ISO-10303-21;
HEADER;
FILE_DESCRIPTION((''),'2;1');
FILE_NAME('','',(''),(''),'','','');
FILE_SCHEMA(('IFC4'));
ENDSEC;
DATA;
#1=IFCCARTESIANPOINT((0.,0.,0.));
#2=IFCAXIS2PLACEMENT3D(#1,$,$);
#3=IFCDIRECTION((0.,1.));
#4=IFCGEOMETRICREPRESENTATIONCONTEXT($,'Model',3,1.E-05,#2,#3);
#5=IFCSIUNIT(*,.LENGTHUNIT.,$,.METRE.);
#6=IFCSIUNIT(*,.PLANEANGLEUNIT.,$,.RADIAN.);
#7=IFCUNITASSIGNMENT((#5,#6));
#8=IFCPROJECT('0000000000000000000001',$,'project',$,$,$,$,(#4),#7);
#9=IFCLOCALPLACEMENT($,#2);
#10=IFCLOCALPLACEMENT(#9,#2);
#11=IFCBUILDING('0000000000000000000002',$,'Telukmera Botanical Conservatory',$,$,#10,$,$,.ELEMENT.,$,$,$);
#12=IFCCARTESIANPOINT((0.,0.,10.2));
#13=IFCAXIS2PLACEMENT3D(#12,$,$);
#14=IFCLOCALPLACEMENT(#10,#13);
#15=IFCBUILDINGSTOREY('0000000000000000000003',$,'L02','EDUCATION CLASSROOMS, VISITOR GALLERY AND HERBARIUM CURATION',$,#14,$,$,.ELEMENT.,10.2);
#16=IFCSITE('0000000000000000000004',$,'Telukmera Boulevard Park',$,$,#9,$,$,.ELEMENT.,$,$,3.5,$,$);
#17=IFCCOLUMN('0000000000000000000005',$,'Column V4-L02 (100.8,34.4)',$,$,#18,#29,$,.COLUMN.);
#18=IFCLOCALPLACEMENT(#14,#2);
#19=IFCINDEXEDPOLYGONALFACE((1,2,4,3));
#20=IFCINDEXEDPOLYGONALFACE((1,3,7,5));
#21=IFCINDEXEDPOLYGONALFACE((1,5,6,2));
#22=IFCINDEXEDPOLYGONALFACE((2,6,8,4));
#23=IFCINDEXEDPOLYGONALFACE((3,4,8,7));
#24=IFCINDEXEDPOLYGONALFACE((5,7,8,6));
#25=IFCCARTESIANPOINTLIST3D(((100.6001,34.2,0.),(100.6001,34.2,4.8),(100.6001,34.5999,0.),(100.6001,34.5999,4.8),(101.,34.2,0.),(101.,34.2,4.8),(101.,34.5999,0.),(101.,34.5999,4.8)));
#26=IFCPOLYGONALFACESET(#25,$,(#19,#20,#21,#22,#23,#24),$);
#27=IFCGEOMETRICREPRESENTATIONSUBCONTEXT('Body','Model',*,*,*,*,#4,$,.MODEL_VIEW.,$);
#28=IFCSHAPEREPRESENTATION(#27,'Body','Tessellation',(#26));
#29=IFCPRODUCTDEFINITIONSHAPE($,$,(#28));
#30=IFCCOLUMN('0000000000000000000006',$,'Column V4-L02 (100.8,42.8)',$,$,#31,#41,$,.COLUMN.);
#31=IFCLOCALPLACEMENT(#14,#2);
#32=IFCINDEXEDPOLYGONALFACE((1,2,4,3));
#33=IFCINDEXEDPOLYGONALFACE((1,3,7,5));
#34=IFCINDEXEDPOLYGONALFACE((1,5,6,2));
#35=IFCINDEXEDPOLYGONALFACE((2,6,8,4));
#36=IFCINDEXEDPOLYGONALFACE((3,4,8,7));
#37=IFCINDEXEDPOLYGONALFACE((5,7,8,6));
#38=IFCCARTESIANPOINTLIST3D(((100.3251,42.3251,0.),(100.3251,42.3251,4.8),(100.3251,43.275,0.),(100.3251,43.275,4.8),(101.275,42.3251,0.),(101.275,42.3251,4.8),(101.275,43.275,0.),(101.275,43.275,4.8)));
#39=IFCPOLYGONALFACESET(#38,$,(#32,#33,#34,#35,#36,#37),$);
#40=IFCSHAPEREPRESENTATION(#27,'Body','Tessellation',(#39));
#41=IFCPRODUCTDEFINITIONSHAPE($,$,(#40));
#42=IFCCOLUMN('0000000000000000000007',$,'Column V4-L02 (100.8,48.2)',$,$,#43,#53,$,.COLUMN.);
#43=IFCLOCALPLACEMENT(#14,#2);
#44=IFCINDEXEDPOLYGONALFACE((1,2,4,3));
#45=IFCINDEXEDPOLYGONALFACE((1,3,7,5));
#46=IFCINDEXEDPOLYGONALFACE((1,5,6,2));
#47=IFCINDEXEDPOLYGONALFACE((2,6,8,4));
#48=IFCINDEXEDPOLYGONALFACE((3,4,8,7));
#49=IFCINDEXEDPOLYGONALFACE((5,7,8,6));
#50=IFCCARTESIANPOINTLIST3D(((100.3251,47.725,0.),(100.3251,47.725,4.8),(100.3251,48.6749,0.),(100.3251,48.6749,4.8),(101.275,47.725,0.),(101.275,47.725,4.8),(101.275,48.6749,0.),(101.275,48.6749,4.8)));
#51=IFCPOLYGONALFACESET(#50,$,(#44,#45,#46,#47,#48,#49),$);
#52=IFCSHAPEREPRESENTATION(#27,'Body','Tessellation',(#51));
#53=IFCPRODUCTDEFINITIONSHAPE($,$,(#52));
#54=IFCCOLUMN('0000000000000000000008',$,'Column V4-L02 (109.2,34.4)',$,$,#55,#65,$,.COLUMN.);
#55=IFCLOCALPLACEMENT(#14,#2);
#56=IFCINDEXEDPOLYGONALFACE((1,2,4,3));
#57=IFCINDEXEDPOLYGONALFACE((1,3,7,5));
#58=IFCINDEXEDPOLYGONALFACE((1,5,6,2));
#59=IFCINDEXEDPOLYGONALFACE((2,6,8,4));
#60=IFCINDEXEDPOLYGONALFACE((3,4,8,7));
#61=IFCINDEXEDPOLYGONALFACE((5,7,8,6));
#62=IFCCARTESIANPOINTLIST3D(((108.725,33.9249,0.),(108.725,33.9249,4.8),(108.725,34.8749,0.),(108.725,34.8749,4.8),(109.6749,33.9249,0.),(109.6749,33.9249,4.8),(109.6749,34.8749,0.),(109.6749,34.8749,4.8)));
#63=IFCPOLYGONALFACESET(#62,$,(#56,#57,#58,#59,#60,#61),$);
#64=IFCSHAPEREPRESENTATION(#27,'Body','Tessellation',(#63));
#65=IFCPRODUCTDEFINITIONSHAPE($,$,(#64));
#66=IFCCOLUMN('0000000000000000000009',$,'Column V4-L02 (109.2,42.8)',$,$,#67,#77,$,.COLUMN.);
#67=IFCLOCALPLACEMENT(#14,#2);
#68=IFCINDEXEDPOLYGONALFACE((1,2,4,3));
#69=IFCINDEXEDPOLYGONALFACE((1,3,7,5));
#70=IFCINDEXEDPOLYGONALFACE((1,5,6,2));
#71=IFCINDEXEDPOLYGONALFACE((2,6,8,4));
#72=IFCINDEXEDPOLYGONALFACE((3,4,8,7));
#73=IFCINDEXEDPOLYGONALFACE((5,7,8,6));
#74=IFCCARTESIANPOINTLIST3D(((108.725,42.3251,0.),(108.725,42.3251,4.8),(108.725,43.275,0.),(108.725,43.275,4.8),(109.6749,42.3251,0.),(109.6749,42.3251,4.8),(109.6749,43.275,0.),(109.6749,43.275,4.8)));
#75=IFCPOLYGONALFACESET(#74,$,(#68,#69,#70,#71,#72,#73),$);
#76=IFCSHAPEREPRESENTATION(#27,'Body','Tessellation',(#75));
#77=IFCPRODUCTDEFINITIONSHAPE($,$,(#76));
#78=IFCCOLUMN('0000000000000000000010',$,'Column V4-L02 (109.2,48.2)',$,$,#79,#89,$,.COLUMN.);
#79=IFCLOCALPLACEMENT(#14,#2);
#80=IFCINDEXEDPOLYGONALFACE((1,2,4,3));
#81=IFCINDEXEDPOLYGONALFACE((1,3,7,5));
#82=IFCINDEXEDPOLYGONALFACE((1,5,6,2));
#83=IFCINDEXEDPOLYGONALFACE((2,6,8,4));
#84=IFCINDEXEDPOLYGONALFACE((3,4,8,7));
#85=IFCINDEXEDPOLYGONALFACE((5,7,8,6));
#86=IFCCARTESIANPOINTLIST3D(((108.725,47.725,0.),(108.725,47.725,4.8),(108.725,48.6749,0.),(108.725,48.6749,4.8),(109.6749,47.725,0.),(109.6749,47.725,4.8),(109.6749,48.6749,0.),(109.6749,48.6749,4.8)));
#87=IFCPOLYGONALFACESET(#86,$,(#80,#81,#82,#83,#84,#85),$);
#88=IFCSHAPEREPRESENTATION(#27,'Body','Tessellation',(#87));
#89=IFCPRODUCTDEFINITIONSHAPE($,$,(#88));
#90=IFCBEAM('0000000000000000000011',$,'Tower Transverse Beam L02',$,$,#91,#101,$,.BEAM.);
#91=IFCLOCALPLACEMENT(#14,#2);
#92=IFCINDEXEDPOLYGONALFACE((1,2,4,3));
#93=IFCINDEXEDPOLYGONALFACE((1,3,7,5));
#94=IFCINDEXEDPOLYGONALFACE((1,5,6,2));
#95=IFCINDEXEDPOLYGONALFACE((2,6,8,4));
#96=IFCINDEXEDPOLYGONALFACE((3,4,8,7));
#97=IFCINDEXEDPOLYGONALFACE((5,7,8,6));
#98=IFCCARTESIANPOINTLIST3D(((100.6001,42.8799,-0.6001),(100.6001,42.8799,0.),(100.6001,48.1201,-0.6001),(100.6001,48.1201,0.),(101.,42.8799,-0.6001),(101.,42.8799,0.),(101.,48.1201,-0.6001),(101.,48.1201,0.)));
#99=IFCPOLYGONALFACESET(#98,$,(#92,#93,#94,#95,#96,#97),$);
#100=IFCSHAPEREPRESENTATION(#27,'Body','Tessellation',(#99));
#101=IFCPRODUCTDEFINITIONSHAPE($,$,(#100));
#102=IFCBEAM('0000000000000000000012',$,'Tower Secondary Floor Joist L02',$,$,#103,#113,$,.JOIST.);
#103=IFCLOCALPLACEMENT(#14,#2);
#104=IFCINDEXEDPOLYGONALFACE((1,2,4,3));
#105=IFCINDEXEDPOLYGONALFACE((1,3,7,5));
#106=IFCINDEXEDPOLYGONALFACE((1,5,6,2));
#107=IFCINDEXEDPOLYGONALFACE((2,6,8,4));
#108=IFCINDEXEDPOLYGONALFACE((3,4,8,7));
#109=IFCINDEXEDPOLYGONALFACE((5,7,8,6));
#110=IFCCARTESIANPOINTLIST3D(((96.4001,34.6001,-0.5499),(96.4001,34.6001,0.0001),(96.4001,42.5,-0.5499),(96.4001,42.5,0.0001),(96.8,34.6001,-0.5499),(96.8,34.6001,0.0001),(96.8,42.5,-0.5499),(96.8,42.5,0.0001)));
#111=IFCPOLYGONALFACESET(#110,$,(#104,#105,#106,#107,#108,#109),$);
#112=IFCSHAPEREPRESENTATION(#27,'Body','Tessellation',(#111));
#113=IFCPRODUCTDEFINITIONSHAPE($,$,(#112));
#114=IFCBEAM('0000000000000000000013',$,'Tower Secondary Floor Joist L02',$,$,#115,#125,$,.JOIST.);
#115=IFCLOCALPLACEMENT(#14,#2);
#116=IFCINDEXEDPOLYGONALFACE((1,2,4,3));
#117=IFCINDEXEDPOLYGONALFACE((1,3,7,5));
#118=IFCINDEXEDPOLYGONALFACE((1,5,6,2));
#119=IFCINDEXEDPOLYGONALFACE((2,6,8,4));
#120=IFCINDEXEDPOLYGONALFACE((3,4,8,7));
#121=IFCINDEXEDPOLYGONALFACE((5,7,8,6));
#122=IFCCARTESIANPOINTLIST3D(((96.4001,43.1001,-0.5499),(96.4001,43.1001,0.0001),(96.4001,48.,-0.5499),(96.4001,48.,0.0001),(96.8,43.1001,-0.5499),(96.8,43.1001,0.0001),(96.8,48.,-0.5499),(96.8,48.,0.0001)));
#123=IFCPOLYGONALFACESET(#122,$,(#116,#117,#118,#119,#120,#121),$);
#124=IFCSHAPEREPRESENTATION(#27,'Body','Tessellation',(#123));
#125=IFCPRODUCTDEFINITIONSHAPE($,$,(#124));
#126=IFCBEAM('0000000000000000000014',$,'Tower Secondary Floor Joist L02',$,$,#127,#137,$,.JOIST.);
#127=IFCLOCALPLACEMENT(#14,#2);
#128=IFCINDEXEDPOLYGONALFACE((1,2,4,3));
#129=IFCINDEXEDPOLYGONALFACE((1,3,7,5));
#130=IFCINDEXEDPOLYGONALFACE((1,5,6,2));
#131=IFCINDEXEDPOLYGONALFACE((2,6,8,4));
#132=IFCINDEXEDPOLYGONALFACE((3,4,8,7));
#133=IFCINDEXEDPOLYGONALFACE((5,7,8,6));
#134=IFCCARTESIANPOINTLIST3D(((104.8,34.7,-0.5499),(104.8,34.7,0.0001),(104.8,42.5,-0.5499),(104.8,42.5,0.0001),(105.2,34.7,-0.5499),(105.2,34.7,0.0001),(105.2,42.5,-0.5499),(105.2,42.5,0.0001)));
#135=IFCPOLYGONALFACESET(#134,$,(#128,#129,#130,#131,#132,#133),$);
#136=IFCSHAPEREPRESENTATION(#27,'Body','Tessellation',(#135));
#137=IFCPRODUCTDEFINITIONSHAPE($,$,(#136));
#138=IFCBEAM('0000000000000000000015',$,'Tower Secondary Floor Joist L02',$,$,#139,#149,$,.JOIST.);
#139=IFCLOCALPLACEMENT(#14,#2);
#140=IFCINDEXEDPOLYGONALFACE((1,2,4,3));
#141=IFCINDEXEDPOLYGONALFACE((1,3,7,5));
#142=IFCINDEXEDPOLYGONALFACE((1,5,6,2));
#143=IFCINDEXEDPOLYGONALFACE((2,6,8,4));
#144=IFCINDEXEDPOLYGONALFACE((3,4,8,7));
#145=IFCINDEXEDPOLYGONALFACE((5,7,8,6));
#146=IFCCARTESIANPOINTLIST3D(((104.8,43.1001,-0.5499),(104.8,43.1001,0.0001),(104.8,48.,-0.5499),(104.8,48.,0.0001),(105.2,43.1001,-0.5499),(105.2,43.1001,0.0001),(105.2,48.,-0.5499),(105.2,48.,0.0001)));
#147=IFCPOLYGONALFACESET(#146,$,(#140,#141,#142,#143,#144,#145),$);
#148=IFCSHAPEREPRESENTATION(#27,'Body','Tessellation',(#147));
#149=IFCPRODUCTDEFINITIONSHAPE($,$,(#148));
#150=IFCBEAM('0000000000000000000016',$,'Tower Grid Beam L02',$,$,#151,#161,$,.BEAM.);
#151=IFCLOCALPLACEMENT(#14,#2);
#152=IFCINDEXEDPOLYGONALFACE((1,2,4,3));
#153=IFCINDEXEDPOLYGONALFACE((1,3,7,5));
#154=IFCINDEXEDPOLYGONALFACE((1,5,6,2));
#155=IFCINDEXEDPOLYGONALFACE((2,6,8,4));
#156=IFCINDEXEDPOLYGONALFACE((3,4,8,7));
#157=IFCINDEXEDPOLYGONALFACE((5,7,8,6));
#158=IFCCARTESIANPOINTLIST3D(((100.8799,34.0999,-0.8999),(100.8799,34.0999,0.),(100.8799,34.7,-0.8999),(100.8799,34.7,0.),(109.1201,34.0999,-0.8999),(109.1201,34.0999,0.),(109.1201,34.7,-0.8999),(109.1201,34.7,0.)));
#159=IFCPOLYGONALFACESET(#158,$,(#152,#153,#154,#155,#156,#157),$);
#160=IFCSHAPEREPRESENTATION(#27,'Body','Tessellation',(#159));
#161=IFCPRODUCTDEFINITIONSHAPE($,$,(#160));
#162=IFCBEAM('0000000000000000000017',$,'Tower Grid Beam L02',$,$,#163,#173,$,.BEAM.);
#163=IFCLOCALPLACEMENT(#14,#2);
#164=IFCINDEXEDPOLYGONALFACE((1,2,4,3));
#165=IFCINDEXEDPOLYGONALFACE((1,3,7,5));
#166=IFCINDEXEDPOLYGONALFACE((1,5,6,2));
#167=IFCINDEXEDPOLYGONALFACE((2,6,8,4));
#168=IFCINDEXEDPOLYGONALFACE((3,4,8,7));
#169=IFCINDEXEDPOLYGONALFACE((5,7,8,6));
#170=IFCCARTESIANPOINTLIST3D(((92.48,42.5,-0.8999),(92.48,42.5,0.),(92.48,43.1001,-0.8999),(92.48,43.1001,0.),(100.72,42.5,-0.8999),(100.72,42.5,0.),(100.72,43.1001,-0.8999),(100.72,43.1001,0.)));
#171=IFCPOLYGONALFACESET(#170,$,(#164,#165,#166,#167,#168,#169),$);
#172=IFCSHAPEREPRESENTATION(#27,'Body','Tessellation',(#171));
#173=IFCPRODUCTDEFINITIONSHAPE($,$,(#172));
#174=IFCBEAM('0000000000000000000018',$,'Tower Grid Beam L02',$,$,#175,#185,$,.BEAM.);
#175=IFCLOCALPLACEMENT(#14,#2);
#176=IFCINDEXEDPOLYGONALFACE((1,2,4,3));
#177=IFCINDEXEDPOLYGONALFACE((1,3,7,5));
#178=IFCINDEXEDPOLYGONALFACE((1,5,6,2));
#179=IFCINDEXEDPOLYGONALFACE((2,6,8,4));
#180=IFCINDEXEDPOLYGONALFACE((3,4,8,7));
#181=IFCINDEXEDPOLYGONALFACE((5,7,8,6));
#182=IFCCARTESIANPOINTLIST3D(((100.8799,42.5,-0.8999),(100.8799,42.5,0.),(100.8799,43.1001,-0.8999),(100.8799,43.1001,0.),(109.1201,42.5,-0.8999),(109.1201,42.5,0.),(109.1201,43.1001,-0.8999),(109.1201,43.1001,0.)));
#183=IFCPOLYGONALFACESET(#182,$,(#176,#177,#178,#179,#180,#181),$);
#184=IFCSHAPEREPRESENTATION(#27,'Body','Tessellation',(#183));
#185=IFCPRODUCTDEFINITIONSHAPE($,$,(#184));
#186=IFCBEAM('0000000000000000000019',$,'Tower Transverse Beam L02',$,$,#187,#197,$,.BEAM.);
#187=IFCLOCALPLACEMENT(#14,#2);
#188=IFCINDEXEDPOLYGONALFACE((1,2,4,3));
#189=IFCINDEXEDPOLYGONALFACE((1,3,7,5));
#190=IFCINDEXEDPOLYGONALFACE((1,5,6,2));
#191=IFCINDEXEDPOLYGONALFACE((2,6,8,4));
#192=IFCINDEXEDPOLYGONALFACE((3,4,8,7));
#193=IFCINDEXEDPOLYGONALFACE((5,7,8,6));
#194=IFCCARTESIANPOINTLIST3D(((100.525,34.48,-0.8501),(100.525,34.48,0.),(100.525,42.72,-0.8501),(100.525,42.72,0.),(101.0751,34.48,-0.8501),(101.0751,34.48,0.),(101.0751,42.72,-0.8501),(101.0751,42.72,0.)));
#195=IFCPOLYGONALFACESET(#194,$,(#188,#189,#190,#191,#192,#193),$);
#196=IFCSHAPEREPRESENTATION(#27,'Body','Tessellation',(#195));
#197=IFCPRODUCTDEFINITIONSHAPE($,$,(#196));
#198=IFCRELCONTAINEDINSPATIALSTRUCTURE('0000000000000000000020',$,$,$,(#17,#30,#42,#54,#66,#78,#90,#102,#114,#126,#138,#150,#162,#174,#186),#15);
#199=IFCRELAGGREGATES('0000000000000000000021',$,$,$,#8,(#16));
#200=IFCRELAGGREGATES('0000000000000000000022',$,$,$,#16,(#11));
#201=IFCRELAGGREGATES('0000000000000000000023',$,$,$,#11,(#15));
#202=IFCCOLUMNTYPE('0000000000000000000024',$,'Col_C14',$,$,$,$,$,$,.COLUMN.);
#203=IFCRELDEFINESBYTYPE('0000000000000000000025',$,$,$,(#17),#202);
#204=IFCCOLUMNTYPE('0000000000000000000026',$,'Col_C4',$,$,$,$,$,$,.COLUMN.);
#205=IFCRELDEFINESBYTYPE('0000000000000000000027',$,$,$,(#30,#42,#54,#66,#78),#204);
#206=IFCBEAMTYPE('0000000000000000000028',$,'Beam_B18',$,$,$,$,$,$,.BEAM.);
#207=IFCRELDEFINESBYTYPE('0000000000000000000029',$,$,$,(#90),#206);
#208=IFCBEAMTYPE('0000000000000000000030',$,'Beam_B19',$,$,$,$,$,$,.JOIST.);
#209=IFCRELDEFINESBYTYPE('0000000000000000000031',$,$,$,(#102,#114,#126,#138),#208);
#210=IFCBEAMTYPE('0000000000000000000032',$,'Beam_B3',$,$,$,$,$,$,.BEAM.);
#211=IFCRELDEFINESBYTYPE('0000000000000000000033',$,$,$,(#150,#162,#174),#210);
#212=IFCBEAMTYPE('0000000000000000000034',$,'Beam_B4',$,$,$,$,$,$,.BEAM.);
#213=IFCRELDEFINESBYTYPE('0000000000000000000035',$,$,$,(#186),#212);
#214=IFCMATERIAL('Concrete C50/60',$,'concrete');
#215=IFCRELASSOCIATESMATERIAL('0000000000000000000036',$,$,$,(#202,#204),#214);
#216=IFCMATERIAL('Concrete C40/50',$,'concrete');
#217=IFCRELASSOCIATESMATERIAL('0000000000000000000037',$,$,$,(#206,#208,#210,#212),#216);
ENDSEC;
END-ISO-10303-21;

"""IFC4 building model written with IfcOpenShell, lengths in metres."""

from ifc_helpers import new_model, si_unit, direction, frame, origin, origin_2d, place, context, subcontext, project, spatial, rectangle, extrude, material, material_profile, profile_set, type_object, element, save


model = new_model("IFC4")

# Units and contexts
model_context = context("Model", 3, precision=1e-05, world=origin(), true_north=direction((0.0, 1.0)))
body_context = subcontext(model_context, "Body", "Model", "MODEL_VIEW")
ifc_project = project(units=[si_unit("LENGTHUNIT", "METRE"), si_unit("PLANEANGLEUNIT", "RADIAN")], contexts=[model_context])

# Site, building, storey
site_placement = place(None, origin())
site = spatial("IfcSite", under=ifc_project, at=site_placement, Name="Telukmera Boulevard Park", CompositionType="ELEMENT", RefElevation=3.5)
building_placement = place(site_placement, origin())
building = spatial("IfcBuilding", under=site, at=building_placement, Name="Telukmera Botanical Conservatory", CompositionType="ELEMENT")
storey_placement = place(building_placement, frame((0.0, 0.0, 10.2)))
storey = spatial("IfcBuildingStorey", under=building, at=storey_placement, Name="L02", Description="EDUCATION CLASSROOMS, VISITOR GALLERY AND HERBARIUM CURATION", CompositionType="ELEMENT", Elevation=10.2)

# Columns
ifc_material_1 = material(Name="Concrete C50/60", Category="concrete")
ifc_material_profile_1 = material_profile(ifc_material_1, rectangle(XDim=0.3999, YDim=0.3999, at=origin_2d()), Name="RC 400x400")
ifc_profile_set_1 = profile_set([ifc_material_profile_1], Name="Concrete C50/60")
column_type_1 = type_object("IfcColumnType", Name="Col_C14", PredefinedType="COLUMN", material=ifc_profile_set_1)
column_placement = place(storey_placement, frame((100.8, 34.3999, 0.0), z_axis=(0.0, 0.0, 1.0), x_axis=(1.0, 0.0, 0.0)))
element("IfcColumn", 1, at=column_placement, inside=storey, type_object=column_type_1, Name="Column V4-L02 (100.8,34.4)", PredefinedType="COLUMN", context=body_context, shape_type="SweptSolid", body=[
    extrude(rectangle(XDim=0.3999, YDim=0.3999, at=origin_2d()), origin(), (0.0, 0.0, 1.0), 4.8),
])
ifc_material_profile_2 = material_profile(ifc_material_1, rectangle(XDim=0.95, YDim=0.95, at=origin_2d()), Name="RC 950x950")
ifc_profile_set_2 = profile_set([ifc_material_profile_2], Name="Concrete C50/60")
column_type_2 = type_object("IfcColumnType", Name="Col_C4", PredefinedType="COLUMN", material=ifc_profile_set_2)
for number, where, z_axis, x_axis, name in (
    (2, (100.8, 42.8, 0.0), (0.0, 0.0, 1.0), (1.0, 0.0, 0.0), "Column V4-L02 (100.8,42.8)"),
    (3, (100.8, 48.2, 0.0), (0.0, 0.0, 1.0), (1.0, 0.0, 0.0), "Column V4-L02 (100.8,48.2)"),
    (4, (109.2, 34.3999, 0.0), (0.0, 0.0, 1.0), (1.0, 0.0, 0.0), "Column V4-L02 (109.2,34.4)"),
    (5, (109.2, 42.8, 0.0), (0.0, 0.0, 1.0), (1.0, 0.0, 0.0), "Column V4-L02 (109.2,42.8)"),
    (6, (109.2, 48.2, 0.0), (0.0, 0.0, 1.0), (1.0, 0.0, 0.0), "Column V4-L02 (109.2,48.2)"),
):
    element("IfcColumn", number, at=place(storey_placement, frame(where, z_axis=z_axis, x_axis=x_axis)), inside=storey, type_object=column_type_2, Name=name, PredefinedType="COLUMN", context=body_context, shape_type="SweptSolid", body=[
        extrude(rectangle(XDim=0.95, YDim=0.95, at=origin_2d()), origin(), (0.0, 0.0, 1.0), 4.8),
    ])

# Beams
ifc_material_2 = material(Name="Concrete C40/50", Category="concrete")
ifc_material_profile_3 = material_profile(ifc_material_2, rectangle(XDim=0.3999, YDim=0.6001, at=origin_2d()), Name="RC 400x600")
ifc_profile_set_3 = profile_set([ifc_material_profile_3], Name="Concrete C40/50")
beam_type_1 = type_object("IfcBeamType", Name="Beam_B18", PredefinedType="BEAM", material=ifc_profile_set_3)
beam_1_placement = place(storey_placement, frame((100.8, 42.8799, -0.3), z_axis=(0.0, 1.0, 0.0), x_axis=(-1.0, 0.0, 0.0)))
element("IfcBeam", 7, at=beam_1_placement, inside=storey, type_object=beam_type_1, Name="Tower Transverse Beam L02", PredefinedType="BEAM", context=body_context, shape_type="SweptSolid", body=[
    extrude(rectangle(XDim=0.3999, YDim=0.6001, at=origin_2d()), origin(), (0.0, 0.0, 1.0), 5.2402),
])
ifc_material_profile_4 = material_profile(ifc_material_2, rectangle(XDim=0.3999, YDim=0.55, at=origin_2d()), Name="RC 400x550")
ifc_profile_set_4 = profile_set([ifc_material_profile_4], Name="Concrete C40/50")
beam_type_2 = type_object("IfcBeamType", Name="Beam_B19", PredefinedType="JOIST", material=ifc_profile_set_4)
beam_2_placement = place(storey_placement, frame((96.6001, 34.6001, -0.2749), z_axis=(0.0, 1.0, 0.0), x_axis=(-1.0, 0.0, 0.0)))
element("IfcBeam", 8, at=beam_2_placement, inside=storey, type_object=beam_type_2, Name="Tower Secondary Floor Joist L02", PredefinedType="JOIST", context=body_context, shape_type="SweptSolid", body=[
    extrude(rectangle(XDim=0.3999, YDim=0.55, at=origin_2d()), origin(), (0.0, 0.0, 1.0), 7.8999),
])
beam_3_placement = place(storey_placement, frame((96.6001, 43.1001, -0.2749), z_axis=(0.0, 1.0, 0.0), x_axis=(-1.0, 0.0, 0.0)))
element("IfcBeam", 9, at=beam_3_placement, inside=storey, type_object=beam_type_2, Name="Tower Secondary Floor Joist L02", PredefinedType="JOIST", context=body_context, shape_type="SweptSolid", body=[
    extrude(rectangle(XDim=0.3999, YDim=0.55, at=origin_2d()), origin(), (0.0, 0.0, 1.0), 4.8999),
])
beam_4_placement = place(storey_placement, frame((105.0, 34.7, -0.2749), z_axis=(0.0, 1.0, 0.0), x_axis=(-1.0, 0.0, 0.0)))
element("IfcBeam", 10, at=beam_4_placement, inside=storey, type_object=beam_type_2, Name="Tower Secondary Floor Joist L02", PredefinedType="JOIST", context=body_context, shape_type="SweptSolid", body=[
    extrude(rectangle(XDim=0.3999, YDim=0.55, at=origin_2d()), origin(), (0.0, 0.0, 1.0), 7.8),
])
beam_5_placement = place(storey_placement, frame((105.0, 43.1001, -0.2749), z_axis=(0.0, 1.0, 0.0), x_axis=(-1.0, 0.0, 0.0)))
element("IfcBeam", 11, at=beam_5_placement, inside=storey, type_object=beam_type_2, Name="Tower Secondary Floor Joist L02", PredefinedType="JOIST", context=body_context, shape_type="SweptSolid", body=[
    extrude(rectangle(XDim=0.3999, YDim=0.55, at=origin_2d()), origin(), (0.0, 0.0, 1.0), 4.8999),
])
ifc_material_profile_5 = material_profile(ifc_material_2, rectangle(XDim=0.6001, YDim=0.8999, at=origin_2d()), Name="RC 600x900")
ifc_profile_set_5 = profile_set([ifc_material_profile_5], Name="Concrete C40/50")
beam_type_3 = type_object("IfcBeamType", Name="Beam_B3", PredefinedType="BEAM", material=ifc_profile_set_5)
beam_6_placement = place(storey_placement, frame((100.8799, 34.3999, -0.45), z_axis=(1.0, 0.0, 0.0), x_axis=(0.0, 1.0, 0.0)))
element("IfcBeam", 12, at=beam_6_placement, inside=storey, type_object=beam_type_3, Name="Tower Grid Beam L02", PredefinedType="BEAM", context=body_context, shape_type="SweptSolid", body=[
    extrude(rectangle(XDim=0.6001, YDim=0.8999, at=origin_2d()), origin(), (0.0, 0.0, 1.0), 8.2402),
])
beam_7_placement = place(storey_placement, frame((92.48, 42.8, -0.45), z_axis=(1.0, 0.0, 0.0), x_axis=(0.0, 1.0, 0.0)))
element("IfcBeam", 13, at=beam_7_placement, inside=storey, type_object=beam_type_3, Name="Tower Grid Beam L02", PredefinedType="BEAM", context=body_context, shape_type="SweptSolid", body=[
    extrude(rectangle(XDim=0.6001, YDim=0.8999, at=origin_2d()), origin(), (0.0, 0.0, 1.0), 8.24),
])
beam_8_placement = place(storey_placement, frame((100.8799, 42.8, -0.45), z_axis=(1.0, 0.0, 0.0), x_axis=(0.0, 1.0, 0.0)))
element("IfcBeam", 14, at=beam_8_placement, inside=storey, type_object=beam_type_3, Name="Tower Grid Beam L02", PredefinedType="BEAM", context=body_context, shape_type="SweptSolid", body=[
    extrude(rectangle(XDim=0.6001, YDim=0.8999, at=origin_2d()), origin(), (0.0, 0.0, 1.0), 8.2402),
])
ifc_material_profile_6 = material_profile(ifc_material_2, rectangle(XDim=0.55, YDim=0.8501, at=origin_2d()), Name="RC 550x850")
ifc_profile_set_6 = profile_set([ifc_material_profile_6], Name="Concrete C40/50")
beam_type_4 = type_object("IfcBeamType", Name="Beam_B4", PredefinedType="BEAM", material=ifc_profile_set_6)
beam_9_placement = place(storey_placement, frame((100.8, 34.48, -0.425), z_axis=(0.0, 1.0, 0.0), x_axis=(-1.0, 0.0, 0.0)))
element("IfcBeam", 15, at=beam_9_placement, inside=storey, type_object=beam_type_4, Name="Tower Transverse Beam L02", PredefinedType="BEAM", context=body_context, shape_type="SweptSolid", body=[
    extrude(rectangle(XDim=0.55, YDim=0.8501, at=origin_2d()), origin(), (0.0, 0.0, 1.0), 8.24),
])

save(model, "model.ifc")
